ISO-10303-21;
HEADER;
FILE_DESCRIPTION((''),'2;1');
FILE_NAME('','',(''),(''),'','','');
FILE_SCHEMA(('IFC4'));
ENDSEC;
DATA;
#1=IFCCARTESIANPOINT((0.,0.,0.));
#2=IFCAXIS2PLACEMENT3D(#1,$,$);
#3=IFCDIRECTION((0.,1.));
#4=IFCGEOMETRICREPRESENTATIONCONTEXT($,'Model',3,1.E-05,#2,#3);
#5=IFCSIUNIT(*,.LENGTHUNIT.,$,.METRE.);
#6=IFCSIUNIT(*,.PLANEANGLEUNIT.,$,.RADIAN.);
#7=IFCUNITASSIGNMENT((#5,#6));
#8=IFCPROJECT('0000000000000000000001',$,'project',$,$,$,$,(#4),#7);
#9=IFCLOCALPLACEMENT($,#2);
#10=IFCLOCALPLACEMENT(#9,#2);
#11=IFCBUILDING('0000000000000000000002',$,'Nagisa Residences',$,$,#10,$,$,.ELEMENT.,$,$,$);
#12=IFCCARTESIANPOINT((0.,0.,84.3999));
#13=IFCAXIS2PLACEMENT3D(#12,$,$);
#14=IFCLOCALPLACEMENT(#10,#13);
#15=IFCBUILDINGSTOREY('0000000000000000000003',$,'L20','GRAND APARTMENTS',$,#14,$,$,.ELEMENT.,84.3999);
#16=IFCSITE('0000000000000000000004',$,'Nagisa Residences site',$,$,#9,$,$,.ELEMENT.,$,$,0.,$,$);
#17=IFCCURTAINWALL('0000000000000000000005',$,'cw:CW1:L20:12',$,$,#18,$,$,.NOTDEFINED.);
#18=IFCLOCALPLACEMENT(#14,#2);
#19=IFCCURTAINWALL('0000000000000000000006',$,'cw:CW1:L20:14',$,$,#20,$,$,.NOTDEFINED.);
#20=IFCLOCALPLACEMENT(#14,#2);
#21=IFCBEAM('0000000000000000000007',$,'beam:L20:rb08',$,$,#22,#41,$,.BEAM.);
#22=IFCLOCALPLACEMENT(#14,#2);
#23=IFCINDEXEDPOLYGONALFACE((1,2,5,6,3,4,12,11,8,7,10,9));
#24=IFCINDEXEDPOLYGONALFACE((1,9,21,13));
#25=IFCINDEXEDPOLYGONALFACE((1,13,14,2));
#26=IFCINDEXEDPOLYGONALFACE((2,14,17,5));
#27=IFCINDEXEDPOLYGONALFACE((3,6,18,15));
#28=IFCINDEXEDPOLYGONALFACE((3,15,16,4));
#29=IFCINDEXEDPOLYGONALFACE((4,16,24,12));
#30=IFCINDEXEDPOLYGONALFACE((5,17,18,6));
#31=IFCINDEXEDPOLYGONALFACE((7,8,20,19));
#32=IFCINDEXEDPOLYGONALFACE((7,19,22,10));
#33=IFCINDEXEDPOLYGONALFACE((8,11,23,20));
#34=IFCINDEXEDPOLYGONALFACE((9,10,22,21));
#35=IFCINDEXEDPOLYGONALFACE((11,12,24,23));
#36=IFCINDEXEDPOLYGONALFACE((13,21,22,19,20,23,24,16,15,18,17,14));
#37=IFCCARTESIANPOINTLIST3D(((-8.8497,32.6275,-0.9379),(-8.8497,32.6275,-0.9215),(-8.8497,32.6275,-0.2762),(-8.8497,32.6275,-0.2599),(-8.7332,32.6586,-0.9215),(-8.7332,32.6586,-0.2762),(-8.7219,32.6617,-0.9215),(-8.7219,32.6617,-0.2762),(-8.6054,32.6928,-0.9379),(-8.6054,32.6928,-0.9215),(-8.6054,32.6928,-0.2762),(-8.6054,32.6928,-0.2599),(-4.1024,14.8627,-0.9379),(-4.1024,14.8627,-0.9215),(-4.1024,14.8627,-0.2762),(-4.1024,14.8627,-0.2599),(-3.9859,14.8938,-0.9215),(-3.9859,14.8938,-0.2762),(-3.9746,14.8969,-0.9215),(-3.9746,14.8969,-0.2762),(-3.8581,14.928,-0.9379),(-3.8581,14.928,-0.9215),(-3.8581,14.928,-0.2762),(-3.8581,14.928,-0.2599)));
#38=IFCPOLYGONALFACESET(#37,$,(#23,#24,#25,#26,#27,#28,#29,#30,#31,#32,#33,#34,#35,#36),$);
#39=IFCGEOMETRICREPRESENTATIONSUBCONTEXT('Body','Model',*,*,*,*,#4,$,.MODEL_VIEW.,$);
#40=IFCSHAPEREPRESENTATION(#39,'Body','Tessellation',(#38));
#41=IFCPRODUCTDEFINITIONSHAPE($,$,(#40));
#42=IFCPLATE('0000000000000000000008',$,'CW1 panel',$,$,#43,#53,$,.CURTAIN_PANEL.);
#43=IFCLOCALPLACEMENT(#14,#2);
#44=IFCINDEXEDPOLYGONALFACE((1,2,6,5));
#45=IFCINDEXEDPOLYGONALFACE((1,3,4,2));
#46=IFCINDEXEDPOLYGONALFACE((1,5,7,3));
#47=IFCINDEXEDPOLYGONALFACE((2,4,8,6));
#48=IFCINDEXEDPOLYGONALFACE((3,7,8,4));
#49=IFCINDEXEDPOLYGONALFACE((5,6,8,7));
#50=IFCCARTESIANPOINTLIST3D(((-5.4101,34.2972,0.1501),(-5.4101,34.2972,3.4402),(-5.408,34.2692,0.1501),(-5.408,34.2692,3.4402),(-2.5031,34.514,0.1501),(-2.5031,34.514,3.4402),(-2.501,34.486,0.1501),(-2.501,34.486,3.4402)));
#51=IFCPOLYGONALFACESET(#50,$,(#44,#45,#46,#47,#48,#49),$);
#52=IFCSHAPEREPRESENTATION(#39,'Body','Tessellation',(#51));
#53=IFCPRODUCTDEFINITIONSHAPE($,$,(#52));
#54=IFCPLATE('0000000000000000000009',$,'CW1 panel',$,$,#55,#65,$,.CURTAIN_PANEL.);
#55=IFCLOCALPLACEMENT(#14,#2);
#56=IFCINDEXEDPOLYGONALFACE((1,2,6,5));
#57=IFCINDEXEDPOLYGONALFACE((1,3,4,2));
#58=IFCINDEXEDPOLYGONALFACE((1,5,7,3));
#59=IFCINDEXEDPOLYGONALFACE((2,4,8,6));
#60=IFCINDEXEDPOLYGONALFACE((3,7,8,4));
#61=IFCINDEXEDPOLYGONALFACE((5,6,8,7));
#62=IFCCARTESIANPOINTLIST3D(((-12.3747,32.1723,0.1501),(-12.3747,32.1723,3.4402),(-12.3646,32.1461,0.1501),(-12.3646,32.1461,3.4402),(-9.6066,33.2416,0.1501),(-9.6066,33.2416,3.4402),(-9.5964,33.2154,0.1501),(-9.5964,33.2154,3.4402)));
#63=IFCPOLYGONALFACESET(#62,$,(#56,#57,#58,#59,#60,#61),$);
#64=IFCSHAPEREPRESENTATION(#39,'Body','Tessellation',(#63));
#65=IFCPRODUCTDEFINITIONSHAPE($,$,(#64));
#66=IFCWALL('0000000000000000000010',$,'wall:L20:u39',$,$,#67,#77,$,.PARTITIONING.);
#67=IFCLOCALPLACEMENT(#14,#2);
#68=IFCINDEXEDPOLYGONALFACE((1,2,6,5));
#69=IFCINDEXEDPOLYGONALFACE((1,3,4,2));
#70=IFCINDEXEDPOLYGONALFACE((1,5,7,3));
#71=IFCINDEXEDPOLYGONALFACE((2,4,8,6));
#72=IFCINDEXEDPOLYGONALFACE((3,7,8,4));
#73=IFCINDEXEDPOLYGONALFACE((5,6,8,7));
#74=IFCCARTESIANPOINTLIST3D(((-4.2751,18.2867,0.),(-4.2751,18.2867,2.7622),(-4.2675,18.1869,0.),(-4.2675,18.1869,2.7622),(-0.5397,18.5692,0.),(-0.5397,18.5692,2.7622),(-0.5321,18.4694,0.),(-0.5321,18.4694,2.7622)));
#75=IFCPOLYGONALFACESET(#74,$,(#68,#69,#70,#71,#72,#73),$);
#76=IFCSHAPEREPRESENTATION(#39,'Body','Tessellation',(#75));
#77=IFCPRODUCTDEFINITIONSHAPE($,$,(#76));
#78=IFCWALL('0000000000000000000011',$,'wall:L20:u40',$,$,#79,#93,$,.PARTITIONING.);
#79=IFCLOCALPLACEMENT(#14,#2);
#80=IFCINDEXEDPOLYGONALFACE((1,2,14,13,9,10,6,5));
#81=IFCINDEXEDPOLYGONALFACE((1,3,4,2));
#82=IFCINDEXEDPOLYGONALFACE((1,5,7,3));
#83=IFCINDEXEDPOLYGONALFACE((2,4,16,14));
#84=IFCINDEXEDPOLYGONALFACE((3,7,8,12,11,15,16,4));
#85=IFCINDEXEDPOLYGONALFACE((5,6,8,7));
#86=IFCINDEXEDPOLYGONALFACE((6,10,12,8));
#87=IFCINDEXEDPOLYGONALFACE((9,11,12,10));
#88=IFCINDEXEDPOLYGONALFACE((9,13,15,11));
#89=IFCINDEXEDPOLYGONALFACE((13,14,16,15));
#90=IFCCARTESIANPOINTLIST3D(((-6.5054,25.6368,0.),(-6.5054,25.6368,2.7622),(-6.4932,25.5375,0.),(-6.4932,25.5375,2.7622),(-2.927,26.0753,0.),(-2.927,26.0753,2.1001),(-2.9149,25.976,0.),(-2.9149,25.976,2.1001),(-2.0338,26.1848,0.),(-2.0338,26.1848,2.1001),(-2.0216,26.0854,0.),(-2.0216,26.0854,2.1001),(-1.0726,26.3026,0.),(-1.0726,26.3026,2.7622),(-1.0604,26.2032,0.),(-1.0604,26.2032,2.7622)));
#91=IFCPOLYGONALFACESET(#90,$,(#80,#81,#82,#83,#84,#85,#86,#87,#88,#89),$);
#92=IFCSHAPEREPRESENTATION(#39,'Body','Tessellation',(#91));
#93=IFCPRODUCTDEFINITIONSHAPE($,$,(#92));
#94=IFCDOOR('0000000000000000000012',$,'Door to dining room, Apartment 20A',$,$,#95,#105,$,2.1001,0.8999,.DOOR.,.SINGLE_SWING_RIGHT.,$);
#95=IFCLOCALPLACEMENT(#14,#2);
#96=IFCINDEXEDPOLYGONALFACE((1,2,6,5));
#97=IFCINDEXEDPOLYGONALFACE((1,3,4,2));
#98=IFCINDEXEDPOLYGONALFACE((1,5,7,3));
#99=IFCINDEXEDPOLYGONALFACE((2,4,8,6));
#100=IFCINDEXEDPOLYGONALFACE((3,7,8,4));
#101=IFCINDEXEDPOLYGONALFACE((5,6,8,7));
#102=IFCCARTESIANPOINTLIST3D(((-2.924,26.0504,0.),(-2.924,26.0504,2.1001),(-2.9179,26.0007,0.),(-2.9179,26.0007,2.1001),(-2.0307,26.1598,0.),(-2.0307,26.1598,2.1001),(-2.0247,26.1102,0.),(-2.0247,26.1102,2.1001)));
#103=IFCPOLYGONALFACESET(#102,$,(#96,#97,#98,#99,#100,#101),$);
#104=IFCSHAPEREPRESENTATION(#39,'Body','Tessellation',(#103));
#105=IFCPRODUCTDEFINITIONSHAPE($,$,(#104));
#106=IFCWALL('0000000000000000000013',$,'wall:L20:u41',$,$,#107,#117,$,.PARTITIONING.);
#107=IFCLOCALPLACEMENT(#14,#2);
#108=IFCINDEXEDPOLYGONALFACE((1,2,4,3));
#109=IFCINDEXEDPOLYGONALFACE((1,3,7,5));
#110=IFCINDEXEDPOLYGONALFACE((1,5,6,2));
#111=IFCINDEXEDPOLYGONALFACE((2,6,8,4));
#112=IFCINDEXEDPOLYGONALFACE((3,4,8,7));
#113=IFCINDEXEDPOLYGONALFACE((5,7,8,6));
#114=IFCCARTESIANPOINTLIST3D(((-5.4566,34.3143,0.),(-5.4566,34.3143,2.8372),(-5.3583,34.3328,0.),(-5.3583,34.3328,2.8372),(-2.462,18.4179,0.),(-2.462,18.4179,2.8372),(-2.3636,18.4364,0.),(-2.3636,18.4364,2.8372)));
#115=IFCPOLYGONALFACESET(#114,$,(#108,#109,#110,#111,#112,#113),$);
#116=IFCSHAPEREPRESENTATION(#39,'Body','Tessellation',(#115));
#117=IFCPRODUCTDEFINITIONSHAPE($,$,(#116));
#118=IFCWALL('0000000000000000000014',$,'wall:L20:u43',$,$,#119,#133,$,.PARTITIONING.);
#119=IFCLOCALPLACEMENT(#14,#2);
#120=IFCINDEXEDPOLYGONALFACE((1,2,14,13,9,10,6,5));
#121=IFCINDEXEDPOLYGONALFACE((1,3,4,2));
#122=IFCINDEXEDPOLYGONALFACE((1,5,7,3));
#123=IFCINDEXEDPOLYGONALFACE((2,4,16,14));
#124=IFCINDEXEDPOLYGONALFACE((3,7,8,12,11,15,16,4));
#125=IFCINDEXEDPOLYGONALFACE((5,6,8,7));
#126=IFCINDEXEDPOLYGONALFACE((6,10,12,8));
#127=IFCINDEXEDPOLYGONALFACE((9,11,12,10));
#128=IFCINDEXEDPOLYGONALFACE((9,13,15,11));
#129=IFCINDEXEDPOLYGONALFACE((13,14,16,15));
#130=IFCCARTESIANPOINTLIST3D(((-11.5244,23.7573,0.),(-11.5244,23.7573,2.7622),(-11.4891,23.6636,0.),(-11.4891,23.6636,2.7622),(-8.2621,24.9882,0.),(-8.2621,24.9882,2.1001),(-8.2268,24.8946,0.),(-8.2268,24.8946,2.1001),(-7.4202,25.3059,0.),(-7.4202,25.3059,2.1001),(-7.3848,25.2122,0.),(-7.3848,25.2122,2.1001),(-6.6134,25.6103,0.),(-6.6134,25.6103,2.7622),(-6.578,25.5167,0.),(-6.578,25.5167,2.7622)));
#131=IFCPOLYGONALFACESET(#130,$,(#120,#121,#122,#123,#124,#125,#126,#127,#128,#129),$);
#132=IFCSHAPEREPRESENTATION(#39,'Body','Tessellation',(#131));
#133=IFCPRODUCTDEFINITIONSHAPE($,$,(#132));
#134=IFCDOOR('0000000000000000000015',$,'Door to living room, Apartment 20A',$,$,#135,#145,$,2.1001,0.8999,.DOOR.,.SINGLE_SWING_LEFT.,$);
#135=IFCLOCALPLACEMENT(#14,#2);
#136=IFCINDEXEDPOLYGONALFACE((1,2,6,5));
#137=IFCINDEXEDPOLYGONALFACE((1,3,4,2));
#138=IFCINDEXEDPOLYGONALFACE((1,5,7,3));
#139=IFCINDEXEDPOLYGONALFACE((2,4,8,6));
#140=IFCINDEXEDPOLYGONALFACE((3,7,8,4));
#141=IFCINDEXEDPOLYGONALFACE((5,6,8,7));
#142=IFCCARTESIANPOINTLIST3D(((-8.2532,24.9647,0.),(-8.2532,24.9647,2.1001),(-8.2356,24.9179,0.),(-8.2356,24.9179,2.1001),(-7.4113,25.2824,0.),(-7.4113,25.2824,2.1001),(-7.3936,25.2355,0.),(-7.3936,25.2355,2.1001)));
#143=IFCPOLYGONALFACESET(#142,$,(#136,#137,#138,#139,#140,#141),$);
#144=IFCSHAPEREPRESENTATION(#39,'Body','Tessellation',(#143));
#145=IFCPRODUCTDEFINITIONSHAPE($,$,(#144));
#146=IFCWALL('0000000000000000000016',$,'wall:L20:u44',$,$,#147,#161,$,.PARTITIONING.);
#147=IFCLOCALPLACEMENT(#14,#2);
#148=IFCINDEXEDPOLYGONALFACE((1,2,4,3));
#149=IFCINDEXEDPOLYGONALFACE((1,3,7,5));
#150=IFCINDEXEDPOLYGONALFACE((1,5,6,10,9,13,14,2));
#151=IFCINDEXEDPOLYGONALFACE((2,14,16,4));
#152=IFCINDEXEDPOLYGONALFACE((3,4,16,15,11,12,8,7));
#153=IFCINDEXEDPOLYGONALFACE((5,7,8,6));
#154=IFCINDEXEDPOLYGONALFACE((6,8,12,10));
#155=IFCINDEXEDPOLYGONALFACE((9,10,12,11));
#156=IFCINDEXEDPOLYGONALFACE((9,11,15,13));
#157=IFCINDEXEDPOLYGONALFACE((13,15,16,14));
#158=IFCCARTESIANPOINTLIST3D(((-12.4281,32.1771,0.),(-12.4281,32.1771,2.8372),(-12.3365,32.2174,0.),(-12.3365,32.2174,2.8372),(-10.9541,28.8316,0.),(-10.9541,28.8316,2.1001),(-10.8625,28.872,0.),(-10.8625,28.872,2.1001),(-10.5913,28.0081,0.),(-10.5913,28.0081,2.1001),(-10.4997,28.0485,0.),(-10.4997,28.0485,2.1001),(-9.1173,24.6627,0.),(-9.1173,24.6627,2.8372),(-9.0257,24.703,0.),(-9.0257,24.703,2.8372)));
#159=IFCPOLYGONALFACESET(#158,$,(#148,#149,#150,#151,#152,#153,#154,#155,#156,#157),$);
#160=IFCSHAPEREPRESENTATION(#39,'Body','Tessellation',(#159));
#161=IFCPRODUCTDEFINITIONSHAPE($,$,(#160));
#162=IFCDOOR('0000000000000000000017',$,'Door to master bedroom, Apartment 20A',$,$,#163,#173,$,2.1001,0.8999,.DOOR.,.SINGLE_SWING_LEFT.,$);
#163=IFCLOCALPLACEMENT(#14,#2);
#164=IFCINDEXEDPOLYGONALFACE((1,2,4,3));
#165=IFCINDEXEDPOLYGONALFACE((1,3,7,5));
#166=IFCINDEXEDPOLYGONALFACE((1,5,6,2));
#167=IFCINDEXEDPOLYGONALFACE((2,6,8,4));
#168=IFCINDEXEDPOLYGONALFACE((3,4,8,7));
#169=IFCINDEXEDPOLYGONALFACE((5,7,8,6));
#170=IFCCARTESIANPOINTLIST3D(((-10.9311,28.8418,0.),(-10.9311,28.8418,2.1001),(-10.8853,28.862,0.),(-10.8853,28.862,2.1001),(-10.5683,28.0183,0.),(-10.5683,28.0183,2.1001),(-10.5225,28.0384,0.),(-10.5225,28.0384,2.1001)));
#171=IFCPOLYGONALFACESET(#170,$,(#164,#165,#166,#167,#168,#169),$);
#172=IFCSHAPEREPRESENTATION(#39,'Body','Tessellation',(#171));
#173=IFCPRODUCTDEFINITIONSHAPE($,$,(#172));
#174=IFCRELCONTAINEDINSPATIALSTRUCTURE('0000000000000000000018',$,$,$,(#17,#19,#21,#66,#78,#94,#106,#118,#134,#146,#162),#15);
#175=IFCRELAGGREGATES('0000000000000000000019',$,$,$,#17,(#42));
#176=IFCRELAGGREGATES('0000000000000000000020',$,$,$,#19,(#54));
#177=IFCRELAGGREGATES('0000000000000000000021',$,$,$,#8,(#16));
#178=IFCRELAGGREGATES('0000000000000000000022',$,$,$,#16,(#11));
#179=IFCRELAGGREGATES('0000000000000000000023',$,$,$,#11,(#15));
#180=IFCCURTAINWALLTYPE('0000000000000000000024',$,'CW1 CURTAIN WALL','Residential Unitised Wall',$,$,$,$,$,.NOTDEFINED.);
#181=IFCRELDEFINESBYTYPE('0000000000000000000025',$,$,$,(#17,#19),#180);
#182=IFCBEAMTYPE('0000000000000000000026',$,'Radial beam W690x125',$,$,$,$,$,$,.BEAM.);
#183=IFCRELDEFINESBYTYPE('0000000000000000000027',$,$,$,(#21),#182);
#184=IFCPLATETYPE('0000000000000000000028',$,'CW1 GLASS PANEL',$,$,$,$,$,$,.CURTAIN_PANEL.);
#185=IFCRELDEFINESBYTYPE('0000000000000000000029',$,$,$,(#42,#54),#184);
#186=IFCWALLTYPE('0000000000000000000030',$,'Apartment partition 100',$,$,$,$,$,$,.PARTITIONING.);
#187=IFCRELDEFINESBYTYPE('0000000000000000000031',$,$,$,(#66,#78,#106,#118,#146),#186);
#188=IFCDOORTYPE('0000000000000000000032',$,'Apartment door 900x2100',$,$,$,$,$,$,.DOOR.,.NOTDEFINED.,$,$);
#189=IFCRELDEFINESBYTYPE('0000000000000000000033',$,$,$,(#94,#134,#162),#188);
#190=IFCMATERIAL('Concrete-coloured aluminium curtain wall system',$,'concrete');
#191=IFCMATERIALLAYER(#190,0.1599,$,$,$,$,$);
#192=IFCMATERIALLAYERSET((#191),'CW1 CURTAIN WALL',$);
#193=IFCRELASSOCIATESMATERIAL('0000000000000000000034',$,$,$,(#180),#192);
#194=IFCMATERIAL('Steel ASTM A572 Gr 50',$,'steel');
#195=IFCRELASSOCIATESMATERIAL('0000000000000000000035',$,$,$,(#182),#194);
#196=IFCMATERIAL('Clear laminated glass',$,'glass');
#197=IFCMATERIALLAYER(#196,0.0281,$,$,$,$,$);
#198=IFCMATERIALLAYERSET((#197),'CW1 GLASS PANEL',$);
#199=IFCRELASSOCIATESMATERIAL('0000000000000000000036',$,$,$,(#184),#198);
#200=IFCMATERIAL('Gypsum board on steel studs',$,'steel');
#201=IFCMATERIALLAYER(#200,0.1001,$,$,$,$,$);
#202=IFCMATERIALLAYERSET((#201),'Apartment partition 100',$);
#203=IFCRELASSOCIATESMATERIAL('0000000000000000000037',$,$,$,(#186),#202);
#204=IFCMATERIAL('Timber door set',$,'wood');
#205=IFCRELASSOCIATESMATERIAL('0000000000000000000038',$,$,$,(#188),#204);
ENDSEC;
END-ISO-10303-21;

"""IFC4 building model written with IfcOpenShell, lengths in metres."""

from ifc_helpers import new_model, si_unit, direction, frame, frame_2d, origin, origin_2d, place, context, subcontext, project, spatial, rectangle, i_section, extrude, material, layer, layer_set, material_profile, profile_set, type_object, element, fill, aggregate, save


model = new_model("IFC4")

# Units and contexts
model_context = context("Model", 3, precision=1e-05, world=origin(), true_north=direction((0.0, 1.0)))
body_context = subcontext(model_context, "Body", "Model", "MODEL_VIEW")
ifc_project = project(units=[si_unit("LENGTHUNIT", "METRE"), si_unit("PLANEANGLEUNIT", "RADIAN")], contexts=[model_context])

# Site, building, storey
site_placement = place(None, origin())
site = spatial("IfcSite", under=ifc_project, at=site_placement, Name="Nagisa Residences site", CompositionType="ELEMENT", RefElevation=0.0)
building_placement = place(site_placement, origin())
building = spatial("IfcBuilding", under=site, at=building_placement, Name="Nagisa Residences", CompositionType="ELEMENT")
storey_placement = place(building_placement, frame((0.0, 0.0, 84.3999)))
storey = spatial("IfcBuildingStorey", under=building, at=storey_placement, Name="L20", Description="GRAND APARTMENTS", CompositionType="ELEMENT", Elevation=84.3999)

# Curtain walls
ifc_material_1 = material(Name="Concrete-coloured aluminium curtain wall system", Category="concrete")
ifc_layer_1 = layer(ifc_material_1, 0.1599)
ifc_layer_set_1 = layer_set([ifc_layer_1], Name="CW1 CURTAIN WALL")
curtain_wall_type = type_object("IfcCurtainWallType", Name="CW1 CURTAIN WALL", Description="Residential Unitised Wall", PredefinedType="NOTDEFINED", material=ifc_layer_set_1)
curtain_wall_1_placement = place(storey_placement, origin())
curtain_wall_1 = element("IfcCurtainWall", 1, at=curtain_wall_1_placement, inside=storey, type_object=curtain_wall_type, Name="cw:CW1:L20:12", PredefinedType="NOTDEFINED")
curtain_wall_2_placement = place(storey_placement, origin())
curtain_wall_2 = element("IfcCurtainWall", 2, at=curtain_wall_2_placement, inside=storey, type_object=curtain_wall_type, Name="cw:CW1:L20:14", PredefinedType="NOTDEFINED")

# Beam
ifc_material_2 = material(Name="Steel ASTM A572 Gr 50", Category="steel")
ifc_material_profile_1 = material_profile(ifc_material_2, i_section(OverallWidth=0.2529, OverallDepth=0.678, WebThickness=0.0117, FlangeThickness=0.0164, at=origin_2d()), Name="W690x125")
ifc_profile_set_1 = profile_set([ifc_material_profile_1], Name="Steel ASTM A572 Gr 50")
beam_type_1 = type_object("IfcBeamType", Name="Radial beam W690x125", PredefinedType="BEAM", material=ifc_profile_set_1)
beam_1_placement = place(storey_placement, frame((-8.7275, 32.6602, -0.5989), z_axis=(0.258171, -0.966099, 0.0), x_axis=(0.966099, 0.258171, 0.0)))
element("IfcBeam", 3, at=beam_1_placement, inside=storey, type_object=beam_type_1, Name="beam:L20:rb08", PredefinedType="BEAM", context=body_context, shape_type="SweptSolid", body=[
    extrude(i_section(OverallWidth=0.2529, OverallDepth=0.678, WebThickness=0.0117, FlangeThickness=0.0164, at=origin_2d()), origin(), (0.0, 0.0, 1.0), 18.3882),
])

# Plates
ifc_material_3 = material(Name="Clear laminated glass", Category="glass")
ifc_layer_2 = layer(ifc_material_3, 0.0281)
ifc_layer_set_2 = layer_set([ifc_layer_2], Name="CW1 GLASS PANEL")
plate_type = type_object("IfcPlateType", Name="CW1 GLASS PANEL", PredefinedType="CURTAIN_PANEL", material=ifc_layer_set_2)
plate_1_placement = place(storey_placement, frame((-3.9556, 34.3916, 0.1501), z_axis=(0.0, 0.0, 1.0), x_axis=(-0.99723, -0.074377, 0.0)))
plate_1 = element("IfcPlate", 4, at=plate_1_placement, type_object=plate_type, Name="CW1 panel", PredefinedType="CURTAIN_PANEL", context=body_context, shape_type="SweptSolid", body=[
    extrude(rectangle(XDim=2.915, YDim=0.0281, at=origin_2d()), origin(), (0.0, 0.0, 1.0), 3.29),
])
aggregate(curtain_wall_1, [plate_1])
plate_2_placement = place(storey_placement, frame((-10.9856, 32.6938, 0.1501), z_axis=(0.0, 0.0, 1.0), x_axis=(-0.932826, -0.360328, 0.0)))
plate_2 = element("IfcPlate", 5, at=plate_2_placement, type_object=plate_type, Name="CW1 panel", PredefinedType="CURTAIN_PANEL", context=body_context, shape_type="SweptSolid", body=[
    extrude(rectangle(XDim=2.9675, YDim=0.0281, at=origin_2d()), origin(), (0.0, 0.0, 1.0), 3.29),
])
aggregate(curtain_wall_2, [plate_2])

# Wall
ifc_material_4 = material(Name="Gypsum board on steel studs", Category="steel")
ifc_layer_3 = layer(ifc_material_4, 0.1001)
ifc_layer_set_3 = layer_set([ifc_layer_3], Name="Apartment partition 100")
wall_type_1 = type_object("IfcWallType", Name="Apartment partition 100", PredefinedType="PARTITIONING", material=ifc_layer_set_3)
wall_1_placement = place(storey_placement, frame((-0.5359, 18.5193, 0.0), z_axis=(0.0, 0.0, 1.0), x_axis=(-0.997153, -0.075406, 0.0)))
element("IfcWall", 6, at=wall_1_placement, inside=storey, type_object=wall_type_1, Name="wall:L20:u39", PredefinedType="PARTITIONING", context=body_context, shape_type="SweptSolid", body=[
    extrude(rectangle(XDim=3.7461, YDim=0.1001, at=frame_2d((1.873, 0.0))), origin(), (0.0, 0.0, 1.0), 2.7622),
])

# Wall, opening, door
wall_2_placement = place(storey_placement, frame((-1.0664, 26.2529, 0.0), z_axis=(0.0, 0.0, 1.0), x_axis=(-0.992575, -0.121635, 0.0)))
wall_2 = element("IfcWall", 7, at=wall_2_placement, inside=storey, type_object=wall_type_1, Name="wall:L20:u40", PredefinedType="PARTITIONING", context=body_context, shape_type="SweptSolid", body=[
    extrude(rectangle(XDim=5.4734, YDim=0.1001, at=frame_2d((2.7368, 0.0))), origin(), (0.0, 0.0, 1.0), 2.7622),
])
opening_1_placement = place(wall_2_placement, frame((0.9685, 0.0, 0.0)))
opening_1 = element("IfcOpeningElement", 8, at=opening_1_placement, cuts=wall_2, PredefinedType="OPENING", context=body_context, shape_type="SweptSolid", body=[
    extrude(rectangle(XDim=0.8999, YDim=2.1001, at=frame_2d((0.45, 1.05))), frame((0.0, 0.0601, 0.0), z_axis=(0.0, -1.0, 0.0), x_axis=(1.0, 0.0, 0.0)), (0.0, 0.0, 1.0), 0.1201),
])
ifc_material_5 = material(Name="Timber door set", Category="wood")
door_type_1 = type_object("IfcDoorType", Name="Apartment door 900x2100", OperationType="NOTDEFINED", PredefinedType="DOOR", material=ifc_material_5)
door_1_placement = place(opening_1_placement, frame((0.8999, 0.0, 0.0), x_axis=(-1.0, 0.0, 0.0)))
door_1 = element("IfcDoor", 9, at=door_1_placement, inside=storey, type_object=door_type_1, Name="Door to dining room, Apartment 20A", OperationType="SINGLE_SWING_RIGHT", OverallHeight=2.1001, OverallWidth=0.8999, PredefinedType="DOOR", context=body_context, shape_type="SweptSolid", body=[
    extrude(rectangle(XDim=0.8999, YDim=2.1001, at=frame_2d((0.45, 1.05))), frame((0.0, 0.0249, 0.0), z_axis=(0.0, -1.0, 0.0), x_axis=(1.0, 0.0, 0.0)), (0.0, 0.0, 1.0), 0.05),
])
fill(opening_1, door_1)

# Wall
wall_3_placement = place(storey_placement, frame((-2.4128, 18.4272, 0.0), z_axis=(0.0, 0.0, 1.0), x_axis=(-0.185127, 0.982715, 0.0)))
element("IfcWall", 10, at=wall_3_placement, inside=storey, type_object=wall_type_1, Name="wall:L20:u41", PredefinedType="PARTITIONING", context=body_context, shape_type="SweptSolid", body=[
    extrude(rectangle(XDim=16.176, YDim=0.1001, at=frame_2d((8.0879, 0.0))), origin(), (0.0, 0.0, 1.0), 2.8372),
])

# Walls, openings, doors
wall_4_placement = place(storey_placement, frame((-6.5957, 25.5635, 0.0), z_axis=(0.0, 0.0, 1.0), x_axis=(-0.935616, -0.353019, 0.0)))
wall_4 = element("IfcWall", 11, at=wall_4_placement, inside=storey, type_object=wall_type_1, Name="wall:L20:u43", PredefinedType="PARTITIONING", context=body_context, shape_type="SweptSolid", body=[
    extrude(rectangle(XDim=5.249, YDim=0.1001, at=frame_2d((2.6245, 0.0))), origin(), (0.0, 0.0, 1.0), 2.7622),
])
opening_2_placement = place(wall_4_placement, frame((0.8623, 0.0, 0.0)))
opening_2 = element("IfcOpeningElement", 12, at=opening_2_placement, cuts=wall_4, PredefinedType="OPENING", context=body_context, shape_type="SweptSolid", body=[
    extrude(rectangle(XDim=0.8999, YDim=2.1001, at=frame_2d((0.45, 1.05))), frame((0.0, 0.0601, 0.0), z_axis=(0.0, -1.0, 0.0), x_axis=(1.0, 0.0, 0.0)), (0.0, 0.0, 1.0), 0.1201),
])
door_2_placement = place(opening_2_placement, frame((0.8999, 0.0, 0.0), x_axis=(-1.0, 0.0, 0.0)))
door_2 = element("IfcDoor", 13, at=door_2_placement, inside=storey, type_object=door_type_1, Name="Door to living room, Apartment 20A", OperationType="SINGLE_SWING_LEFT", OverallHeight=2.1001, OverallWidth=0.8999, PredefinedType="DOOR", context=body_context, shape_type="SweptSolid", body=[
    extrude(rectangle(XDim=0.8999, YDim=2.1001, at=frame_2d((0.45, 1.05))), frame((0.0, 0.0249, 0.0), z_axis=(0.0, -1.0, 0.0), x_axis=(1.0, 0.0, 0.0)), (0.0, 0.0, 1.0), 0.05),
])
fill(opening_2, door_2)
wall_5_placement = place(storey_placement, frame((-9.0715, 24.6829, 0.0), z_axis=(0.0, 0.0, 1.0), x_axis=(-0.403193, 0.915115, 0.0)))
wall_5 = element("IfcWall", 14, at=wall_5_placement, inside=storey, type_object=wall_type_1, Name="wall:L20:u44", PredefinedType="PARTITIONING", context=body_context, shape_type="SweptSolid", body=[
    extrude(rectangle(XDim=8.2114, YDim=0.1001, at=frame_2d((4.1057, 0.0))), origin(), (0.0, 0.0, 1.0), 2.8372),
])
opening_3_placement = place(wall_5_placement, frame((3.6558, 0.0, 0.0)))
opening_3 = element("IfcOpeningElement", 15, at=opening_3_placement, cuts=wall_5, PredefinedType="OPENING", context=body_context, shape_type="SweptSolid", body=[
    extrude(rectangle(XDim=0.8999, YDim=2.1001, at=frame_2d((0.45, 1.05))), frame((0.0, 0.0601, 0.0), z_axis=(0.0, -1.0, 0.0), x_axis=(1.0, 0.0, 0.0)), (0.0, 0.0, 1.0), 0.1201),
])
door_3_placement = place(opening_3_placement, origin())
door_3 = element("IfcDoor", 16, at=door_3_placement, inside=storey, type_object=door_type_1, Name="Door to master bedroom, Apartment 20A", OperationType="SINGLE_SWING_LEFT", OverallHeight=2.1001, OverallWidth=0.8999, PredefinedType="DOOR", context=body_context, shape_type="SweptSolid", body=[
    extrude(rectangle(XDim=0.8999, YDim=2.1001, at=frame_2d((0.45, 1.05))), frame((0.0, 0.0249, 0.0), z_axis=(0.0, -1.0, 0.0), x_axis=(1.0, 0.0, 0.0)), (0.0, 0.0, 1.0), 0.05),
])
fill(opening_3, door_3)

save(model, "model.ifc")
